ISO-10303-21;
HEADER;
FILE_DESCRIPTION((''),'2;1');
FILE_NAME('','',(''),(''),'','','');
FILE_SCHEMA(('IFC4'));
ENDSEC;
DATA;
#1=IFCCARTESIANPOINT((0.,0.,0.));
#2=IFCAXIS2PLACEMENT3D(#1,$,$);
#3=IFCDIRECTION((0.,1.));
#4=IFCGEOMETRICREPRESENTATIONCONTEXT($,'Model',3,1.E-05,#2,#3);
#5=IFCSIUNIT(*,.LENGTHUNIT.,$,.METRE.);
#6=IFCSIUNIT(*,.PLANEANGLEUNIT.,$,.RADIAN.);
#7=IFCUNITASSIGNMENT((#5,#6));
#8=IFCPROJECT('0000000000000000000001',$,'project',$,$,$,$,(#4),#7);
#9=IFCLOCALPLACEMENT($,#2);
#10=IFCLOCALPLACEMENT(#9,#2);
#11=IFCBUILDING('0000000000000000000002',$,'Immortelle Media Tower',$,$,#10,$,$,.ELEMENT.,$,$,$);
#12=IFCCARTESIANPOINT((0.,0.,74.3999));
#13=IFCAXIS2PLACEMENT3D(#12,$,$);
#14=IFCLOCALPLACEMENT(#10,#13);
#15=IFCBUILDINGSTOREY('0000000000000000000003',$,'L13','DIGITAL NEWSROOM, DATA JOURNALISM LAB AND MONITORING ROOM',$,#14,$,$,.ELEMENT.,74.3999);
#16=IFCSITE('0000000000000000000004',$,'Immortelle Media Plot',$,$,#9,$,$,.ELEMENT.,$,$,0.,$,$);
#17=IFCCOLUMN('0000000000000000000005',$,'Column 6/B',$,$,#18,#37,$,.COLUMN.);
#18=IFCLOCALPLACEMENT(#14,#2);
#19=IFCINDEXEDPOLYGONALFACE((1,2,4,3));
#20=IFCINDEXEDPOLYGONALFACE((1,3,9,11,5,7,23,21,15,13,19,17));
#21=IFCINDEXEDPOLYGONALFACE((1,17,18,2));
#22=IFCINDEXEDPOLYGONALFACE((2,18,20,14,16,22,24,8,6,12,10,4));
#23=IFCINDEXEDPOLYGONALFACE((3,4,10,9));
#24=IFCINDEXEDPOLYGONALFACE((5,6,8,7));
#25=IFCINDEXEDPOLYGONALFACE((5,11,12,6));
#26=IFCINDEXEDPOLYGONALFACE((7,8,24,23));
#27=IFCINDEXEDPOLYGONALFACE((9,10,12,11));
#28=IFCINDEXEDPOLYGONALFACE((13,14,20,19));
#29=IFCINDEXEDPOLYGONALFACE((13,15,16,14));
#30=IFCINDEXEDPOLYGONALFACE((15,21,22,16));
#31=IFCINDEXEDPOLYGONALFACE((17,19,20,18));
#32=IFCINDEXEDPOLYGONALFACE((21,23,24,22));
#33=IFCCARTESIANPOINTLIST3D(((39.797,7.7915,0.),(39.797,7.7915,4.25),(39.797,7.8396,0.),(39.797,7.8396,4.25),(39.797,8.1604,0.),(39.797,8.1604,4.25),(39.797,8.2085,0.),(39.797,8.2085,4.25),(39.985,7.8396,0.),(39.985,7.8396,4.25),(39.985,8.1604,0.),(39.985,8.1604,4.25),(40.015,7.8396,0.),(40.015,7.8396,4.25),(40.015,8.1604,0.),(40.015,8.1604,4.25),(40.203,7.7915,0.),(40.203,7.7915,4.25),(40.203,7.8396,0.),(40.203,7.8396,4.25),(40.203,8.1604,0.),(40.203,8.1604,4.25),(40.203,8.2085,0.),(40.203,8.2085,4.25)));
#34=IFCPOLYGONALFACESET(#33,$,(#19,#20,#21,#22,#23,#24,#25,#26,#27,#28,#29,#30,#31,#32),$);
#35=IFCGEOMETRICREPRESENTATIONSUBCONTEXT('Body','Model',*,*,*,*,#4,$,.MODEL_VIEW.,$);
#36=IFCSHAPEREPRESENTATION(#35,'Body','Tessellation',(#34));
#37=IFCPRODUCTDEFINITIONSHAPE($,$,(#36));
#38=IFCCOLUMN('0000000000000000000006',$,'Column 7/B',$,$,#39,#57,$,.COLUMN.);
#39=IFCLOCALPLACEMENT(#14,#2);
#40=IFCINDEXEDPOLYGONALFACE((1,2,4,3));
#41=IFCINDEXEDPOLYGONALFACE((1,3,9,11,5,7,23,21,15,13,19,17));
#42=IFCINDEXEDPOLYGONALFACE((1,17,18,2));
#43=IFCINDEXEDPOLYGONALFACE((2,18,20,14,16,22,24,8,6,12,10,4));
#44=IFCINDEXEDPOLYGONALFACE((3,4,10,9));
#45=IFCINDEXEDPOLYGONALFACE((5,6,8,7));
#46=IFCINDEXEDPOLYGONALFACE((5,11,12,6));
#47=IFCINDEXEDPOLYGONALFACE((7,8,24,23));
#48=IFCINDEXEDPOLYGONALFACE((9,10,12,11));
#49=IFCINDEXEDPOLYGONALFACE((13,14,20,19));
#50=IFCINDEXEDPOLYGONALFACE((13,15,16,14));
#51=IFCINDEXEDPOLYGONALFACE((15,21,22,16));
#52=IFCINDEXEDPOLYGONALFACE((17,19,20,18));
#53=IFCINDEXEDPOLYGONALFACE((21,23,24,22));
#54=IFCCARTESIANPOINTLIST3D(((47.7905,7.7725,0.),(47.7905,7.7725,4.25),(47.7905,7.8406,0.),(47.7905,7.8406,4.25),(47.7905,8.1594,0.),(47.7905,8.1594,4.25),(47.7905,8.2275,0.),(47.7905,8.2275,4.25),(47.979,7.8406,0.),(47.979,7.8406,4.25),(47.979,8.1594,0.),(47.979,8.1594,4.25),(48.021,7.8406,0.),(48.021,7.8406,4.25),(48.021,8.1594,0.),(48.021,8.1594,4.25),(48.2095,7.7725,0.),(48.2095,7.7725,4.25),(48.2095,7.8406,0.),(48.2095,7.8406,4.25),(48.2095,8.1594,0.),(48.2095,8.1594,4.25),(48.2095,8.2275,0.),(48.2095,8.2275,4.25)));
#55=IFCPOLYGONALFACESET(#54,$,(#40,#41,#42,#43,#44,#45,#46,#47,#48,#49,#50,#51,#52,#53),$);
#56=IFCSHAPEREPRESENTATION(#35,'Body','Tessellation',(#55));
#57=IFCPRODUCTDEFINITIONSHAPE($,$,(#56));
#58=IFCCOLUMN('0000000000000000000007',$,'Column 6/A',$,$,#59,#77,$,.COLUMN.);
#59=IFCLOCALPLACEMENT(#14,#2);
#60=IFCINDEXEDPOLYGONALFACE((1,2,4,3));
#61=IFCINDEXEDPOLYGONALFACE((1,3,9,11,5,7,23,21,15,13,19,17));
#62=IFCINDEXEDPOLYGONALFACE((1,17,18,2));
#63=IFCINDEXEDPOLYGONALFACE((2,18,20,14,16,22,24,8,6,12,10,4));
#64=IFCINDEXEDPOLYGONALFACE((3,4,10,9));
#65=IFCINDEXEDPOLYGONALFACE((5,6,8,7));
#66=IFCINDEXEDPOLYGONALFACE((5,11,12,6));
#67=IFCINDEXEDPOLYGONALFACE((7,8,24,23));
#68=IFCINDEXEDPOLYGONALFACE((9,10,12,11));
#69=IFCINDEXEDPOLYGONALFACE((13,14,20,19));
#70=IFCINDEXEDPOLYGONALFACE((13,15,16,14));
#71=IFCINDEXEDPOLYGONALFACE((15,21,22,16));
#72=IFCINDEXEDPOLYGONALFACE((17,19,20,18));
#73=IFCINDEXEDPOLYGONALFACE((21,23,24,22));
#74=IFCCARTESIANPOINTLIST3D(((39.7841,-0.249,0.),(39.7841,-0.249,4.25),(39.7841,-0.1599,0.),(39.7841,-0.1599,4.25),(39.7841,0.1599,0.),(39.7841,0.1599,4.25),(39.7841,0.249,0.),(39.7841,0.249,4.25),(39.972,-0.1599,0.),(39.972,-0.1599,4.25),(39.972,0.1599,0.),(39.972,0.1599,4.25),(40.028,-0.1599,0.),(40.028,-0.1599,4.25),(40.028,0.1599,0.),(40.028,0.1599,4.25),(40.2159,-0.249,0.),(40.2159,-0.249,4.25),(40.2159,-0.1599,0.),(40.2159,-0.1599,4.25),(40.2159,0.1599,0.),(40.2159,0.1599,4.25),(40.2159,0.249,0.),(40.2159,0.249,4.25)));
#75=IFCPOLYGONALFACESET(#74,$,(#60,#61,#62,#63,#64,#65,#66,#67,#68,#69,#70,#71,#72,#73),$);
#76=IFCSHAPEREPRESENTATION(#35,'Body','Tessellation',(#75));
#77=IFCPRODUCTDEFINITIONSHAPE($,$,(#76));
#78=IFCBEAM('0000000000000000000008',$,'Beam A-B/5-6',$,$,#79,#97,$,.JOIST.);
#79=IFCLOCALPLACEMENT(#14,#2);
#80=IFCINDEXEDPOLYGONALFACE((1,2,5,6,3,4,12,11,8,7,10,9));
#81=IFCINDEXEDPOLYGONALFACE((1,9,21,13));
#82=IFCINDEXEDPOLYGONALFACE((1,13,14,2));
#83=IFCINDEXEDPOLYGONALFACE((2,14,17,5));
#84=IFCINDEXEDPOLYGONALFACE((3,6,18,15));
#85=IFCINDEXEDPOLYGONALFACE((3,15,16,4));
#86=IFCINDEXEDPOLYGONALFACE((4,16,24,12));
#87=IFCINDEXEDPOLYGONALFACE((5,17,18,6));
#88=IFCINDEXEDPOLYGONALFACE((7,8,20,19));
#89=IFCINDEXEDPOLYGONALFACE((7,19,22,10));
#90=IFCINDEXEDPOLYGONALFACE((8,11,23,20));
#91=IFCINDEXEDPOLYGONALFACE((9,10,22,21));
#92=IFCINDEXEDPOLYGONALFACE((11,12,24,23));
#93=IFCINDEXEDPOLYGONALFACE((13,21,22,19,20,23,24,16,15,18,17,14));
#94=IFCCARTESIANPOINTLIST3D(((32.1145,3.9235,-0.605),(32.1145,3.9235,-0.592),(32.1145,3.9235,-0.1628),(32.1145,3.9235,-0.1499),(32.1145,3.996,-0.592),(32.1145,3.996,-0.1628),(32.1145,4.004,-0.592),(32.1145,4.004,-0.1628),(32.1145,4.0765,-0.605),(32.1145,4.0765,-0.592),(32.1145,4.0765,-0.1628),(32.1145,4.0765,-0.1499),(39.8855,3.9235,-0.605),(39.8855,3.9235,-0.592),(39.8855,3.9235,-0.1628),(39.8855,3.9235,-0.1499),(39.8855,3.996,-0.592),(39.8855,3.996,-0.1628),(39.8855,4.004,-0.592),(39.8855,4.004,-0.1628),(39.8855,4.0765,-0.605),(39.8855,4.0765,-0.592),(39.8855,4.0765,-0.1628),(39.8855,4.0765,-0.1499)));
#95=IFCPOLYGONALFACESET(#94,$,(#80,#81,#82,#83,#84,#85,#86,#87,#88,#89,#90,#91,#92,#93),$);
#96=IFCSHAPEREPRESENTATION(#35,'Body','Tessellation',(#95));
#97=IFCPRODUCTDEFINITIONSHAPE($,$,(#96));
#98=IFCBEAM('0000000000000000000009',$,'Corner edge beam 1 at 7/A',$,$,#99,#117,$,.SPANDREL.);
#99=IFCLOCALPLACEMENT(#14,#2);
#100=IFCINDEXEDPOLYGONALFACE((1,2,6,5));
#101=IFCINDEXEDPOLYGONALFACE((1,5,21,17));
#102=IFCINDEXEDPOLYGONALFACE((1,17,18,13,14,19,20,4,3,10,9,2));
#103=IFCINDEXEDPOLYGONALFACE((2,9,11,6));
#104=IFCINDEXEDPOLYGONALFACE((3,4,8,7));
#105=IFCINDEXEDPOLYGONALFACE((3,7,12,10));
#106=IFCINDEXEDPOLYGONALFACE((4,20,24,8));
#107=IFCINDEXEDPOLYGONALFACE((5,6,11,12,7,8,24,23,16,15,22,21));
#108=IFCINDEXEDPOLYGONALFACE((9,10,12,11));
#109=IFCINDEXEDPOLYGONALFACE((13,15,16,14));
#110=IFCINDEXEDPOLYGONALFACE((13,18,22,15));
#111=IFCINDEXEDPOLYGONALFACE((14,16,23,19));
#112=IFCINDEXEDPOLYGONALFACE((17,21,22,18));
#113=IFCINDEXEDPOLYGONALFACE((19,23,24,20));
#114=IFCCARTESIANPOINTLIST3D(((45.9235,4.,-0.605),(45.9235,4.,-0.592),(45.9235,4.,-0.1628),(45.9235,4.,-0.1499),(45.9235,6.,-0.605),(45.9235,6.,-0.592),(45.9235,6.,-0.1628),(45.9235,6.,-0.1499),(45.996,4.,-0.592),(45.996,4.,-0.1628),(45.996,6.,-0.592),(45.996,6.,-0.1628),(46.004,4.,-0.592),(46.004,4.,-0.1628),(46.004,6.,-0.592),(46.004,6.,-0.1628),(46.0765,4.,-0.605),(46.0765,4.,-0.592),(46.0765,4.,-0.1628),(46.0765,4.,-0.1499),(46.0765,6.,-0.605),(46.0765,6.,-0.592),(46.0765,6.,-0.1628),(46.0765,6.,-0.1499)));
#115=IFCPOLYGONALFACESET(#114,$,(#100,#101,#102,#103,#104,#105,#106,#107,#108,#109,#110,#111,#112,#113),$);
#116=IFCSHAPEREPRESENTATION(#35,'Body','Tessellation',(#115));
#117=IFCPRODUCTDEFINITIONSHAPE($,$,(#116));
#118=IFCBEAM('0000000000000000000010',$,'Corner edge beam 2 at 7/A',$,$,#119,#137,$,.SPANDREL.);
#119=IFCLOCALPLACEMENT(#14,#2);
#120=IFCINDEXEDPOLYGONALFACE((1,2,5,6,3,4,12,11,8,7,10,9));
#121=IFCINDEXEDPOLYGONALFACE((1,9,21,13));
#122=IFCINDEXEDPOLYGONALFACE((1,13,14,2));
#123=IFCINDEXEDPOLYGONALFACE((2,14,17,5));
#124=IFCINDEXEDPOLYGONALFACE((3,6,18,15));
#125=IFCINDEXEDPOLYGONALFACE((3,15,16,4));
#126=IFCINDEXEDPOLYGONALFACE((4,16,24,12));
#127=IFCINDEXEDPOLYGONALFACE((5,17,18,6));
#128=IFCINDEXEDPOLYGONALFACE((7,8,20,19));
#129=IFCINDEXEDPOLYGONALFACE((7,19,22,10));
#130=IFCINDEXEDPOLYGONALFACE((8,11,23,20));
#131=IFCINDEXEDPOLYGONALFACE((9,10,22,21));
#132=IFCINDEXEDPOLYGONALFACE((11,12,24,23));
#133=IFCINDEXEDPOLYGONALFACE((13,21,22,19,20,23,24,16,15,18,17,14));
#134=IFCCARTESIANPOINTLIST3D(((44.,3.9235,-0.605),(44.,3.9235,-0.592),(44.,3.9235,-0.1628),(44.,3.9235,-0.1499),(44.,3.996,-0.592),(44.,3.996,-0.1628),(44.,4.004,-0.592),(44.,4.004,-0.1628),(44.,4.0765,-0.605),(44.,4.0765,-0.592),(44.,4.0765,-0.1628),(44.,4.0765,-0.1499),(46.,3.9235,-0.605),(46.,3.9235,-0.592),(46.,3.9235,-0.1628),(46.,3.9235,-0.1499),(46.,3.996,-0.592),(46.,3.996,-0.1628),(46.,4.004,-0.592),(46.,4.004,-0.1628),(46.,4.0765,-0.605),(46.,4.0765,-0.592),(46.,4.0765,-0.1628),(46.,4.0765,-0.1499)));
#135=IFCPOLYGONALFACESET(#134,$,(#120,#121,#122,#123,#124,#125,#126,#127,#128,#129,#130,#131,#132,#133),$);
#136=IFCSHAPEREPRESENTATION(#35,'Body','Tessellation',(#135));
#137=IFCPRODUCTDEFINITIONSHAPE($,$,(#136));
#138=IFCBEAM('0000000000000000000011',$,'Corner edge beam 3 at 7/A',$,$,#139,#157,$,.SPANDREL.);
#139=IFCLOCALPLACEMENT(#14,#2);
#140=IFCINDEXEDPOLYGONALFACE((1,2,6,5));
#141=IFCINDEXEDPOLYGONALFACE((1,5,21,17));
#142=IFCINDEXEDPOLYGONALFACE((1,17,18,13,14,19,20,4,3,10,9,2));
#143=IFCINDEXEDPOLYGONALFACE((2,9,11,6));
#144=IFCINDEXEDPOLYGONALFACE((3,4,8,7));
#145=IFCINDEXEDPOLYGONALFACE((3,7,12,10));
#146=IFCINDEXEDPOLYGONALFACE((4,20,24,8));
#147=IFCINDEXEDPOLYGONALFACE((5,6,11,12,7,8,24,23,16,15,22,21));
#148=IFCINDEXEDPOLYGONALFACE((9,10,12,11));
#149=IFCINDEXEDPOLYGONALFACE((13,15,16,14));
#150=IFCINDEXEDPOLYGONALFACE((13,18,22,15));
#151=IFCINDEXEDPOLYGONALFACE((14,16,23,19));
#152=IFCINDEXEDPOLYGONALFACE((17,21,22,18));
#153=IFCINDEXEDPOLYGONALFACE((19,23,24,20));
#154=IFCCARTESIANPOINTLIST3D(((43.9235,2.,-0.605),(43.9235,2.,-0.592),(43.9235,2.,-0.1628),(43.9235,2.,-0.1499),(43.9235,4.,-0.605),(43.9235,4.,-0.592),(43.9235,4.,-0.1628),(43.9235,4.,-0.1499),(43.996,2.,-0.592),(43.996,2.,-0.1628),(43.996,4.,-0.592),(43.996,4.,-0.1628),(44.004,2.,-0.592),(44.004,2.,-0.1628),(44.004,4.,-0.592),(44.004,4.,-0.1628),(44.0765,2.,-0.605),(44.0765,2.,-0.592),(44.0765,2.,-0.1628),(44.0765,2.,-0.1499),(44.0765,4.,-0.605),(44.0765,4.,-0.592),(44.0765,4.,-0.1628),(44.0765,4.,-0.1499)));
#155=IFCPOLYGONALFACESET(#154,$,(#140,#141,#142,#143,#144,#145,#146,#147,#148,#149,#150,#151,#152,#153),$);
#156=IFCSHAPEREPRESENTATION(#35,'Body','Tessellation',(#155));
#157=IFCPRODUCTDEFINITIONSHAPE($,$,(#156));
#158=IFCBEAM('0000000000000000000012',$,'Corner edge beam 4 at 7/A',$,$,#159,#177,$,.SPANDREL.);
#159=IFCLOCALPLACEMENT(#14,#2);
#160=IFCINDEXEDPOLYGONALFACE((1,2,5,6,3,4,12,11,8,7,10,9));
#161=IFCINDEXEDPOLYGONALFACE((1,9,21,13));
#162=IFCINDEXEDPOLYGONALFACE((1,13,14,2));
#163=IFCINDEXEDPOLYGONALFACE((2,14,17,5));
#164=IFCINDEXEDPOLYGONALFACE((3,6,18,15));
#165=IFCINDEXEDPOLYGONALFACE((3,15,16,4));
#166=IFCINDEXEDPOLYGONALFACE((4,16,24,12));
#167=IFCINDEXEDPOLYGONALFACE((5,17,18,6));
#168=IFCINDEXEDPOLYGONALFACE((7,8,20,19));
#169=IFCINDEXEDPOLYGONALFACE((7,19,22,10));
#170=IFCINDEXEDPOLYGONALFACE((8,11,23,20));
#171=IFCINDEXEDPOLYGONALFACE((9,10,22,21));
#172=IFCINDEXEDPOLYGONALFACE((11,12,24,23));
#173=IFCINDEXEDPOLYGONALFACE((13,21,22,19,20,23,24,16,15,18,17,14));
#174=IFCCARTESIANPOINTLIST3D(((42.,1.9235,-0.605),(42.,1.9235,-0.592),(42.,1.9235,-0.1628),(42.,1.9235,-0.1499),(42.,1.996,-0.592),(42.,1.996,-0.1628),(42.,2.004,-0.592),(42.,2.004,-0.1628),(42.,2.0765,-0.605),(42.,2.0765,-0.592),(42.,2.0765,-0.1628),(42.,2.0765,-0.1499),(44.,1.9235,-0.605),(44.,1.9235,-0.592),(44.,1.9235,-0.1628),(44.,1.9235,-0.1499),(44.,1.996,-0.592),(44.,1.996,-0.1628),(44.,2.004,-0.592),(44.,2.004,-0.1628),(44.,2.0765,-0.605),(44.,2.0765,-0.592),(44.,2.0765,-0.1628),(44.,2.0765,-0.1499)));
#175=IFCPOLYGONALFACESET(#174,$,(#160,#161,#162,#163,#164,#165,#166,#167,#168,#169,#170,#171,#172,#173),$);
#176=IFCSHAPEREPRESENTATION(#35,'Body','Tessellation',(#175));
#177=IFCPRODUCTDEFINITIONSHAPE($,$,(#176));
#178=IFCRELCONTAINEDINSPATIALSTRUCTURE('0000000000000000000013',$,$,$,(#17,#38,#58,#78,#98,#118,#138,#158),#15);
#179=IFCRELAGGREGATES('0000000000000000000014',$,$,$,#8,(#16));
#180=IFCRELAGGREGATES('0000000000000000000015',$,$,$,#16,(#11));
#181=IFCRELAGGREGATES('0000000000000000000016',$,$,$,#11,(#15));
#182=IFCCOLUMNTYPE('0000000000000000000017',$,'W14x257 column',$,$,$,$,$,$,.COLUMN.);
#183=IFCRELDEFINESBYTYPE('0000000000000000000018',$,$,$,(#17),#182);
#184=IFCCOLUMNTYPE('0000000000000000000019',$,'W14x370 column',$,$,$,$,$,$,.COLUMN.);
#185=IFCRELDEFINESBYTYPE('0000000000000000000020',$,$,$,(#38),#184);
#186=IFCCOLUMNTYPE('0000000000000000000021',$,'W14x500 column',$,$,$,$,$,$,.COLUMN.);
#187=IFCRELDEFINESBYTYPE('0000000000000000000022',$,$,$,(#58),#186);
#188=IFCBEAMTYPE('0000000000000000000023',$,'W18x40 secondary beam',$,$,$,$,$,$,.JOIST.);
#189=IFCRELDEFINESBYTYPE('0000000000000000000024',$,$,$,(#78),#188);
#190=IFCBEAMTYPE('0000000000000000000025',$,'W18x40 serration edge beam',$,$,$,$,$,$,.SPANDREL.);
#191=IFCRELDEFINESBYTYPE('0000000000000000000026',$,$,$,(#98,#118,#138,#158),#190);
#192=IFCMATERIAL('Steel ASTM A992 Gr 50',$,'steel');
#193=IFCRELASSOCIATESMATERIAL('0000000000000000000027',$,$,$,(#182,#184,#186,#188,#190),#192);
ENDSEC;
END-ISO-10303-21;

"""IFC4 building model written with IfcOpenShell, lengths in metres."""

from ifc_helpers import new_model, si_unit, direction, frame, origin, origin_2d, place, context, subcontext, project, spatial, i_section, extrude, material, material_profile, profile_set, type_object, element, save


model = new_model("IFC4")

# Units and contexts
model_context = context("Model", 3, precision=1e-05, world=origin(), true_north=direction((0.0, 1.0)))
body_context = subcontext(model_context, "Body", "Model", "MODEL_VIEW")
ifc_project = project(units=[si_unit("LENGTHUNIT", "METRE"), si_unit("PLANEANGLEUNIT", "RADIAN")], contexts=[model_context])

# Site, building, storey
site_placement = place(None, origin())
site = spatial("IfcSite", under=ifc_project, at=site_placement, Name="Immortelle Media Plot", CompositionType="ELEMENT", RefElevation=0.0)
building_placement = place(site_placement, origin())
building = spatial("IfcBuilding", under=site, at=building_placement, Name="Immortelle Media Tower", CompositionType="ELEMENT")
storey_placement = place(building_placement, frame((0.0, 0.0, 74.3999)))
storey = spatial("IfcBuildingStorey", under=building, at=storey_placement, Name="L13", Description="DIGITAL NEWSROOM, DATA JOURNALISM LAB AND MONITORING ROOM", CompositionType="ELEMENT", Elevation=74.3999)

# Columns
ifc_material_1 = material(Name="Steel ASTM A992 Gr 50", Category="steel")
ifc_material_profile_1 = material_profile(ifc_material_1, i_section(OverallWidth=0.406, OverallDepth=0.417, WebThickness=0.03, FlangeThickness=0.0481, at=origin_2d()), Name="W14x257")
ifc_profile_set_1 = profile_set([ifc_material_profile_1], Name="Steel ASTM A992 Gr 50")
column_type_1 = type_object("IfcColumnType", Name="W14x257 column", PredefinedType="COLUMN", material=ifc_profile_set_1)
column_1_placement = place(storey_placement, frame((40.0, 8.0, 0.0), z_axis=(0.0, 0.0, 1.0), x_axis=(1.0, 0.0, 0.0)))
element("IfcColumn", 1, at=column_1_placement, inside=storey, type_object=column_type_1, Name="Column 6/B", PredefinedType="COLUMN", context=body_context, shape_type="SweptSolid", body=[
    extrude(i_section(OverallWidth=0.406, OverallDepth=0.417, WebThickness=0.03, FlangeThickness=0.0481, at=origin_2d()), origin(), (0.0, 0.0, 1.0), 4.25),
])
ifc_material_profile_2 = material_profile(ifc_material_1, i_section(OverallWidth=0.4189, OverallDepth=0.4551, WebThickness=0.042, FlangeThickness=0.0681, at=origin_2d()), Name="W14x370")
ifc_profile_set_2 = profile_set([ifc_material_profile_2], Name="Steel ASTM A992 Gr 50")
column_type_2 = type_object("IfcColumnType", Name="W14x370 column", PredefinedType="COLUMN", material=ifc_profile_set_2)
column_2_placement = place(storey_placement, frame((48.0, 8.0, 0.0), z_axis=(0.0, 0.0, 1.0), x_axis=(1.0, 0.0, 0.0)))
element("IfcColumn", 2, at=column_2_placement, inside=storey, type_object=column_type_2, Name="Column 7/B", PredefinedType="COLUMN", context=body_context, shape_type="SweptSolid", body=[
    extrude(i_section(OverallWidth=0.4189, OverallDepth=0.4551, WebThickness=0.042, FlangeThickness=0.0681, at=origin_2d()), origin(), (0.0, 0.0, 1.0), 4.25),
])
ifc_material_profile_3 = material_profile(ifc_material_1, i_section(OverallWidth=0.4319, OverallDepth=0.498, WebThickness=0.0559, FlangeThickness=0.0891, at=origin_2d()), Name="W14x500")
ifc_profile_set_3 = profile_set([ifc_material_profile_3], Name="Steel ASTM A992 Gr 50")
column_type_3 = type_object("IfcColumnType", Name="W14x500 column", PredefinedType="COLUMN", material=ifc_profile_set_3)
column_3_placement = place(storey_placement, frame((40.0, 0.0, 0.0), z_axis=(0.0, 0.0, 1.0), x_axis=(1.0, 0.0, 0.0)))
element("IfcColumn", 3, at=column_3_placement, inside=storey, type_object=column_type_3, Name="Column 6/A", PredefinedType="COLUMN", context=body_context, shape_type="SweptSolid", body=[
    extrude(i_section(OverallWidth=0.4319, OverallDepth=0.498, WebThickness=0.0559, FlangeThickness=0.0891, at=origin_2d()), origin(), (0.0, 0.0, 1.0), 4.25),
])

# Beams
ifc_material_profile_4 = material_profile(ifc_material_1, i_section(OverallWidth=0.1531, OverallDepth=0.4551, WebThickness=0.0081, FlangeThickness=0.0129, at=origin_2d()), Name="W18x40")
ifc_profile_set_4 = profile_set([ifc_material_profile_4], Name="Steel ASTM A992 Gr 50")
beam_type_1 = type_object("IfcBeamType", Name="W18x40 secondary beam", PredefinedType="JOIST", material=ifc_profile_set_4)
beam_1_placement = place(storey_placement, frame((32.1145, 4.0, -0.3774), z_axis=(1.0, 0.0, 0.0), x_axis=(0.0, 1.0, 0.0)))
element("IfcBeam", 4, at=beam_1_placement, inside=storey, type_object=beam_type_1, Name="Beam A-B/5-6", PredefinedType="JOIST", context=body_context, shape_type="SweptSolid", body=[
    extrude(i_section(OverallWidth=0.1531, OverallDepth=0.4551, WebThickness=0.0081, FlangeThickness=0.0129, at=origin_2d()), origin(), (0.0, 0.0, 1.0), 7.771),
])
ifc_material_profile_5 = material_profile(ifc_material_1, i_section(OverallWidth=0.1531, OverallDepth=0.4551, WebThickness=0.0081, FlangeThickness=0.0129, at=origin_2d()), Name="W18x40")
ifc_profile_set_5 = profile_set([ifc_material_profile_5], Name="Steel ASTM A992 Gr 50")
beam_type_2 = type_object("IfcBeamType", Name="W18x40 serration edge beam", PredefinedType="SPANDREL", material=ifc_profile_set_5)
for number, where, z_axis, x_axis, name in (
    (5, (46.0, 6.0, -0.3774), (0.0, -1.0, 0.0), (1.0, 0.0, 0.0), "Corner edge beam 1 at 7/A"),
    (6, (46.0, 4.0, -0.3774), (-1.0, 0.0, 0.0), (0.0, -1.0, 0.0), "Corner edge beam 2 at 7/A"),
    (7, (44.0, 4.0, -0.3774), (0.0, -1.0, 0.0), (1.0, 0.0, 0.0), "Corner edge beam 3 at 7/A"),
    (8, (44.0, 2.0, -0.3774), (-1.0, 0.0, 0.0), (0.0, -1.0, 0.0), "Corner edge beam 4 at 7/A"),
):
    element("IfcBeam", number, at=place(storey_placement, frame(where, z_axis=z_axis, x_axis=x_axis)), inside=storey, type_object=beam_type_2, Name=name, PredefinedType="SPANDREL", context=body_context, shape_type="SweptSolid", body=[
        extrude(i_section(OverallWidth=0.1531, OverallDepth=0.4551, WebThickness=0.0081, FlangeThickness=0.0129, at=origin_2d()), origin(), (0.0, 0.0, 1.0), 2.0),
    ])

save(model, "model.ifc")
